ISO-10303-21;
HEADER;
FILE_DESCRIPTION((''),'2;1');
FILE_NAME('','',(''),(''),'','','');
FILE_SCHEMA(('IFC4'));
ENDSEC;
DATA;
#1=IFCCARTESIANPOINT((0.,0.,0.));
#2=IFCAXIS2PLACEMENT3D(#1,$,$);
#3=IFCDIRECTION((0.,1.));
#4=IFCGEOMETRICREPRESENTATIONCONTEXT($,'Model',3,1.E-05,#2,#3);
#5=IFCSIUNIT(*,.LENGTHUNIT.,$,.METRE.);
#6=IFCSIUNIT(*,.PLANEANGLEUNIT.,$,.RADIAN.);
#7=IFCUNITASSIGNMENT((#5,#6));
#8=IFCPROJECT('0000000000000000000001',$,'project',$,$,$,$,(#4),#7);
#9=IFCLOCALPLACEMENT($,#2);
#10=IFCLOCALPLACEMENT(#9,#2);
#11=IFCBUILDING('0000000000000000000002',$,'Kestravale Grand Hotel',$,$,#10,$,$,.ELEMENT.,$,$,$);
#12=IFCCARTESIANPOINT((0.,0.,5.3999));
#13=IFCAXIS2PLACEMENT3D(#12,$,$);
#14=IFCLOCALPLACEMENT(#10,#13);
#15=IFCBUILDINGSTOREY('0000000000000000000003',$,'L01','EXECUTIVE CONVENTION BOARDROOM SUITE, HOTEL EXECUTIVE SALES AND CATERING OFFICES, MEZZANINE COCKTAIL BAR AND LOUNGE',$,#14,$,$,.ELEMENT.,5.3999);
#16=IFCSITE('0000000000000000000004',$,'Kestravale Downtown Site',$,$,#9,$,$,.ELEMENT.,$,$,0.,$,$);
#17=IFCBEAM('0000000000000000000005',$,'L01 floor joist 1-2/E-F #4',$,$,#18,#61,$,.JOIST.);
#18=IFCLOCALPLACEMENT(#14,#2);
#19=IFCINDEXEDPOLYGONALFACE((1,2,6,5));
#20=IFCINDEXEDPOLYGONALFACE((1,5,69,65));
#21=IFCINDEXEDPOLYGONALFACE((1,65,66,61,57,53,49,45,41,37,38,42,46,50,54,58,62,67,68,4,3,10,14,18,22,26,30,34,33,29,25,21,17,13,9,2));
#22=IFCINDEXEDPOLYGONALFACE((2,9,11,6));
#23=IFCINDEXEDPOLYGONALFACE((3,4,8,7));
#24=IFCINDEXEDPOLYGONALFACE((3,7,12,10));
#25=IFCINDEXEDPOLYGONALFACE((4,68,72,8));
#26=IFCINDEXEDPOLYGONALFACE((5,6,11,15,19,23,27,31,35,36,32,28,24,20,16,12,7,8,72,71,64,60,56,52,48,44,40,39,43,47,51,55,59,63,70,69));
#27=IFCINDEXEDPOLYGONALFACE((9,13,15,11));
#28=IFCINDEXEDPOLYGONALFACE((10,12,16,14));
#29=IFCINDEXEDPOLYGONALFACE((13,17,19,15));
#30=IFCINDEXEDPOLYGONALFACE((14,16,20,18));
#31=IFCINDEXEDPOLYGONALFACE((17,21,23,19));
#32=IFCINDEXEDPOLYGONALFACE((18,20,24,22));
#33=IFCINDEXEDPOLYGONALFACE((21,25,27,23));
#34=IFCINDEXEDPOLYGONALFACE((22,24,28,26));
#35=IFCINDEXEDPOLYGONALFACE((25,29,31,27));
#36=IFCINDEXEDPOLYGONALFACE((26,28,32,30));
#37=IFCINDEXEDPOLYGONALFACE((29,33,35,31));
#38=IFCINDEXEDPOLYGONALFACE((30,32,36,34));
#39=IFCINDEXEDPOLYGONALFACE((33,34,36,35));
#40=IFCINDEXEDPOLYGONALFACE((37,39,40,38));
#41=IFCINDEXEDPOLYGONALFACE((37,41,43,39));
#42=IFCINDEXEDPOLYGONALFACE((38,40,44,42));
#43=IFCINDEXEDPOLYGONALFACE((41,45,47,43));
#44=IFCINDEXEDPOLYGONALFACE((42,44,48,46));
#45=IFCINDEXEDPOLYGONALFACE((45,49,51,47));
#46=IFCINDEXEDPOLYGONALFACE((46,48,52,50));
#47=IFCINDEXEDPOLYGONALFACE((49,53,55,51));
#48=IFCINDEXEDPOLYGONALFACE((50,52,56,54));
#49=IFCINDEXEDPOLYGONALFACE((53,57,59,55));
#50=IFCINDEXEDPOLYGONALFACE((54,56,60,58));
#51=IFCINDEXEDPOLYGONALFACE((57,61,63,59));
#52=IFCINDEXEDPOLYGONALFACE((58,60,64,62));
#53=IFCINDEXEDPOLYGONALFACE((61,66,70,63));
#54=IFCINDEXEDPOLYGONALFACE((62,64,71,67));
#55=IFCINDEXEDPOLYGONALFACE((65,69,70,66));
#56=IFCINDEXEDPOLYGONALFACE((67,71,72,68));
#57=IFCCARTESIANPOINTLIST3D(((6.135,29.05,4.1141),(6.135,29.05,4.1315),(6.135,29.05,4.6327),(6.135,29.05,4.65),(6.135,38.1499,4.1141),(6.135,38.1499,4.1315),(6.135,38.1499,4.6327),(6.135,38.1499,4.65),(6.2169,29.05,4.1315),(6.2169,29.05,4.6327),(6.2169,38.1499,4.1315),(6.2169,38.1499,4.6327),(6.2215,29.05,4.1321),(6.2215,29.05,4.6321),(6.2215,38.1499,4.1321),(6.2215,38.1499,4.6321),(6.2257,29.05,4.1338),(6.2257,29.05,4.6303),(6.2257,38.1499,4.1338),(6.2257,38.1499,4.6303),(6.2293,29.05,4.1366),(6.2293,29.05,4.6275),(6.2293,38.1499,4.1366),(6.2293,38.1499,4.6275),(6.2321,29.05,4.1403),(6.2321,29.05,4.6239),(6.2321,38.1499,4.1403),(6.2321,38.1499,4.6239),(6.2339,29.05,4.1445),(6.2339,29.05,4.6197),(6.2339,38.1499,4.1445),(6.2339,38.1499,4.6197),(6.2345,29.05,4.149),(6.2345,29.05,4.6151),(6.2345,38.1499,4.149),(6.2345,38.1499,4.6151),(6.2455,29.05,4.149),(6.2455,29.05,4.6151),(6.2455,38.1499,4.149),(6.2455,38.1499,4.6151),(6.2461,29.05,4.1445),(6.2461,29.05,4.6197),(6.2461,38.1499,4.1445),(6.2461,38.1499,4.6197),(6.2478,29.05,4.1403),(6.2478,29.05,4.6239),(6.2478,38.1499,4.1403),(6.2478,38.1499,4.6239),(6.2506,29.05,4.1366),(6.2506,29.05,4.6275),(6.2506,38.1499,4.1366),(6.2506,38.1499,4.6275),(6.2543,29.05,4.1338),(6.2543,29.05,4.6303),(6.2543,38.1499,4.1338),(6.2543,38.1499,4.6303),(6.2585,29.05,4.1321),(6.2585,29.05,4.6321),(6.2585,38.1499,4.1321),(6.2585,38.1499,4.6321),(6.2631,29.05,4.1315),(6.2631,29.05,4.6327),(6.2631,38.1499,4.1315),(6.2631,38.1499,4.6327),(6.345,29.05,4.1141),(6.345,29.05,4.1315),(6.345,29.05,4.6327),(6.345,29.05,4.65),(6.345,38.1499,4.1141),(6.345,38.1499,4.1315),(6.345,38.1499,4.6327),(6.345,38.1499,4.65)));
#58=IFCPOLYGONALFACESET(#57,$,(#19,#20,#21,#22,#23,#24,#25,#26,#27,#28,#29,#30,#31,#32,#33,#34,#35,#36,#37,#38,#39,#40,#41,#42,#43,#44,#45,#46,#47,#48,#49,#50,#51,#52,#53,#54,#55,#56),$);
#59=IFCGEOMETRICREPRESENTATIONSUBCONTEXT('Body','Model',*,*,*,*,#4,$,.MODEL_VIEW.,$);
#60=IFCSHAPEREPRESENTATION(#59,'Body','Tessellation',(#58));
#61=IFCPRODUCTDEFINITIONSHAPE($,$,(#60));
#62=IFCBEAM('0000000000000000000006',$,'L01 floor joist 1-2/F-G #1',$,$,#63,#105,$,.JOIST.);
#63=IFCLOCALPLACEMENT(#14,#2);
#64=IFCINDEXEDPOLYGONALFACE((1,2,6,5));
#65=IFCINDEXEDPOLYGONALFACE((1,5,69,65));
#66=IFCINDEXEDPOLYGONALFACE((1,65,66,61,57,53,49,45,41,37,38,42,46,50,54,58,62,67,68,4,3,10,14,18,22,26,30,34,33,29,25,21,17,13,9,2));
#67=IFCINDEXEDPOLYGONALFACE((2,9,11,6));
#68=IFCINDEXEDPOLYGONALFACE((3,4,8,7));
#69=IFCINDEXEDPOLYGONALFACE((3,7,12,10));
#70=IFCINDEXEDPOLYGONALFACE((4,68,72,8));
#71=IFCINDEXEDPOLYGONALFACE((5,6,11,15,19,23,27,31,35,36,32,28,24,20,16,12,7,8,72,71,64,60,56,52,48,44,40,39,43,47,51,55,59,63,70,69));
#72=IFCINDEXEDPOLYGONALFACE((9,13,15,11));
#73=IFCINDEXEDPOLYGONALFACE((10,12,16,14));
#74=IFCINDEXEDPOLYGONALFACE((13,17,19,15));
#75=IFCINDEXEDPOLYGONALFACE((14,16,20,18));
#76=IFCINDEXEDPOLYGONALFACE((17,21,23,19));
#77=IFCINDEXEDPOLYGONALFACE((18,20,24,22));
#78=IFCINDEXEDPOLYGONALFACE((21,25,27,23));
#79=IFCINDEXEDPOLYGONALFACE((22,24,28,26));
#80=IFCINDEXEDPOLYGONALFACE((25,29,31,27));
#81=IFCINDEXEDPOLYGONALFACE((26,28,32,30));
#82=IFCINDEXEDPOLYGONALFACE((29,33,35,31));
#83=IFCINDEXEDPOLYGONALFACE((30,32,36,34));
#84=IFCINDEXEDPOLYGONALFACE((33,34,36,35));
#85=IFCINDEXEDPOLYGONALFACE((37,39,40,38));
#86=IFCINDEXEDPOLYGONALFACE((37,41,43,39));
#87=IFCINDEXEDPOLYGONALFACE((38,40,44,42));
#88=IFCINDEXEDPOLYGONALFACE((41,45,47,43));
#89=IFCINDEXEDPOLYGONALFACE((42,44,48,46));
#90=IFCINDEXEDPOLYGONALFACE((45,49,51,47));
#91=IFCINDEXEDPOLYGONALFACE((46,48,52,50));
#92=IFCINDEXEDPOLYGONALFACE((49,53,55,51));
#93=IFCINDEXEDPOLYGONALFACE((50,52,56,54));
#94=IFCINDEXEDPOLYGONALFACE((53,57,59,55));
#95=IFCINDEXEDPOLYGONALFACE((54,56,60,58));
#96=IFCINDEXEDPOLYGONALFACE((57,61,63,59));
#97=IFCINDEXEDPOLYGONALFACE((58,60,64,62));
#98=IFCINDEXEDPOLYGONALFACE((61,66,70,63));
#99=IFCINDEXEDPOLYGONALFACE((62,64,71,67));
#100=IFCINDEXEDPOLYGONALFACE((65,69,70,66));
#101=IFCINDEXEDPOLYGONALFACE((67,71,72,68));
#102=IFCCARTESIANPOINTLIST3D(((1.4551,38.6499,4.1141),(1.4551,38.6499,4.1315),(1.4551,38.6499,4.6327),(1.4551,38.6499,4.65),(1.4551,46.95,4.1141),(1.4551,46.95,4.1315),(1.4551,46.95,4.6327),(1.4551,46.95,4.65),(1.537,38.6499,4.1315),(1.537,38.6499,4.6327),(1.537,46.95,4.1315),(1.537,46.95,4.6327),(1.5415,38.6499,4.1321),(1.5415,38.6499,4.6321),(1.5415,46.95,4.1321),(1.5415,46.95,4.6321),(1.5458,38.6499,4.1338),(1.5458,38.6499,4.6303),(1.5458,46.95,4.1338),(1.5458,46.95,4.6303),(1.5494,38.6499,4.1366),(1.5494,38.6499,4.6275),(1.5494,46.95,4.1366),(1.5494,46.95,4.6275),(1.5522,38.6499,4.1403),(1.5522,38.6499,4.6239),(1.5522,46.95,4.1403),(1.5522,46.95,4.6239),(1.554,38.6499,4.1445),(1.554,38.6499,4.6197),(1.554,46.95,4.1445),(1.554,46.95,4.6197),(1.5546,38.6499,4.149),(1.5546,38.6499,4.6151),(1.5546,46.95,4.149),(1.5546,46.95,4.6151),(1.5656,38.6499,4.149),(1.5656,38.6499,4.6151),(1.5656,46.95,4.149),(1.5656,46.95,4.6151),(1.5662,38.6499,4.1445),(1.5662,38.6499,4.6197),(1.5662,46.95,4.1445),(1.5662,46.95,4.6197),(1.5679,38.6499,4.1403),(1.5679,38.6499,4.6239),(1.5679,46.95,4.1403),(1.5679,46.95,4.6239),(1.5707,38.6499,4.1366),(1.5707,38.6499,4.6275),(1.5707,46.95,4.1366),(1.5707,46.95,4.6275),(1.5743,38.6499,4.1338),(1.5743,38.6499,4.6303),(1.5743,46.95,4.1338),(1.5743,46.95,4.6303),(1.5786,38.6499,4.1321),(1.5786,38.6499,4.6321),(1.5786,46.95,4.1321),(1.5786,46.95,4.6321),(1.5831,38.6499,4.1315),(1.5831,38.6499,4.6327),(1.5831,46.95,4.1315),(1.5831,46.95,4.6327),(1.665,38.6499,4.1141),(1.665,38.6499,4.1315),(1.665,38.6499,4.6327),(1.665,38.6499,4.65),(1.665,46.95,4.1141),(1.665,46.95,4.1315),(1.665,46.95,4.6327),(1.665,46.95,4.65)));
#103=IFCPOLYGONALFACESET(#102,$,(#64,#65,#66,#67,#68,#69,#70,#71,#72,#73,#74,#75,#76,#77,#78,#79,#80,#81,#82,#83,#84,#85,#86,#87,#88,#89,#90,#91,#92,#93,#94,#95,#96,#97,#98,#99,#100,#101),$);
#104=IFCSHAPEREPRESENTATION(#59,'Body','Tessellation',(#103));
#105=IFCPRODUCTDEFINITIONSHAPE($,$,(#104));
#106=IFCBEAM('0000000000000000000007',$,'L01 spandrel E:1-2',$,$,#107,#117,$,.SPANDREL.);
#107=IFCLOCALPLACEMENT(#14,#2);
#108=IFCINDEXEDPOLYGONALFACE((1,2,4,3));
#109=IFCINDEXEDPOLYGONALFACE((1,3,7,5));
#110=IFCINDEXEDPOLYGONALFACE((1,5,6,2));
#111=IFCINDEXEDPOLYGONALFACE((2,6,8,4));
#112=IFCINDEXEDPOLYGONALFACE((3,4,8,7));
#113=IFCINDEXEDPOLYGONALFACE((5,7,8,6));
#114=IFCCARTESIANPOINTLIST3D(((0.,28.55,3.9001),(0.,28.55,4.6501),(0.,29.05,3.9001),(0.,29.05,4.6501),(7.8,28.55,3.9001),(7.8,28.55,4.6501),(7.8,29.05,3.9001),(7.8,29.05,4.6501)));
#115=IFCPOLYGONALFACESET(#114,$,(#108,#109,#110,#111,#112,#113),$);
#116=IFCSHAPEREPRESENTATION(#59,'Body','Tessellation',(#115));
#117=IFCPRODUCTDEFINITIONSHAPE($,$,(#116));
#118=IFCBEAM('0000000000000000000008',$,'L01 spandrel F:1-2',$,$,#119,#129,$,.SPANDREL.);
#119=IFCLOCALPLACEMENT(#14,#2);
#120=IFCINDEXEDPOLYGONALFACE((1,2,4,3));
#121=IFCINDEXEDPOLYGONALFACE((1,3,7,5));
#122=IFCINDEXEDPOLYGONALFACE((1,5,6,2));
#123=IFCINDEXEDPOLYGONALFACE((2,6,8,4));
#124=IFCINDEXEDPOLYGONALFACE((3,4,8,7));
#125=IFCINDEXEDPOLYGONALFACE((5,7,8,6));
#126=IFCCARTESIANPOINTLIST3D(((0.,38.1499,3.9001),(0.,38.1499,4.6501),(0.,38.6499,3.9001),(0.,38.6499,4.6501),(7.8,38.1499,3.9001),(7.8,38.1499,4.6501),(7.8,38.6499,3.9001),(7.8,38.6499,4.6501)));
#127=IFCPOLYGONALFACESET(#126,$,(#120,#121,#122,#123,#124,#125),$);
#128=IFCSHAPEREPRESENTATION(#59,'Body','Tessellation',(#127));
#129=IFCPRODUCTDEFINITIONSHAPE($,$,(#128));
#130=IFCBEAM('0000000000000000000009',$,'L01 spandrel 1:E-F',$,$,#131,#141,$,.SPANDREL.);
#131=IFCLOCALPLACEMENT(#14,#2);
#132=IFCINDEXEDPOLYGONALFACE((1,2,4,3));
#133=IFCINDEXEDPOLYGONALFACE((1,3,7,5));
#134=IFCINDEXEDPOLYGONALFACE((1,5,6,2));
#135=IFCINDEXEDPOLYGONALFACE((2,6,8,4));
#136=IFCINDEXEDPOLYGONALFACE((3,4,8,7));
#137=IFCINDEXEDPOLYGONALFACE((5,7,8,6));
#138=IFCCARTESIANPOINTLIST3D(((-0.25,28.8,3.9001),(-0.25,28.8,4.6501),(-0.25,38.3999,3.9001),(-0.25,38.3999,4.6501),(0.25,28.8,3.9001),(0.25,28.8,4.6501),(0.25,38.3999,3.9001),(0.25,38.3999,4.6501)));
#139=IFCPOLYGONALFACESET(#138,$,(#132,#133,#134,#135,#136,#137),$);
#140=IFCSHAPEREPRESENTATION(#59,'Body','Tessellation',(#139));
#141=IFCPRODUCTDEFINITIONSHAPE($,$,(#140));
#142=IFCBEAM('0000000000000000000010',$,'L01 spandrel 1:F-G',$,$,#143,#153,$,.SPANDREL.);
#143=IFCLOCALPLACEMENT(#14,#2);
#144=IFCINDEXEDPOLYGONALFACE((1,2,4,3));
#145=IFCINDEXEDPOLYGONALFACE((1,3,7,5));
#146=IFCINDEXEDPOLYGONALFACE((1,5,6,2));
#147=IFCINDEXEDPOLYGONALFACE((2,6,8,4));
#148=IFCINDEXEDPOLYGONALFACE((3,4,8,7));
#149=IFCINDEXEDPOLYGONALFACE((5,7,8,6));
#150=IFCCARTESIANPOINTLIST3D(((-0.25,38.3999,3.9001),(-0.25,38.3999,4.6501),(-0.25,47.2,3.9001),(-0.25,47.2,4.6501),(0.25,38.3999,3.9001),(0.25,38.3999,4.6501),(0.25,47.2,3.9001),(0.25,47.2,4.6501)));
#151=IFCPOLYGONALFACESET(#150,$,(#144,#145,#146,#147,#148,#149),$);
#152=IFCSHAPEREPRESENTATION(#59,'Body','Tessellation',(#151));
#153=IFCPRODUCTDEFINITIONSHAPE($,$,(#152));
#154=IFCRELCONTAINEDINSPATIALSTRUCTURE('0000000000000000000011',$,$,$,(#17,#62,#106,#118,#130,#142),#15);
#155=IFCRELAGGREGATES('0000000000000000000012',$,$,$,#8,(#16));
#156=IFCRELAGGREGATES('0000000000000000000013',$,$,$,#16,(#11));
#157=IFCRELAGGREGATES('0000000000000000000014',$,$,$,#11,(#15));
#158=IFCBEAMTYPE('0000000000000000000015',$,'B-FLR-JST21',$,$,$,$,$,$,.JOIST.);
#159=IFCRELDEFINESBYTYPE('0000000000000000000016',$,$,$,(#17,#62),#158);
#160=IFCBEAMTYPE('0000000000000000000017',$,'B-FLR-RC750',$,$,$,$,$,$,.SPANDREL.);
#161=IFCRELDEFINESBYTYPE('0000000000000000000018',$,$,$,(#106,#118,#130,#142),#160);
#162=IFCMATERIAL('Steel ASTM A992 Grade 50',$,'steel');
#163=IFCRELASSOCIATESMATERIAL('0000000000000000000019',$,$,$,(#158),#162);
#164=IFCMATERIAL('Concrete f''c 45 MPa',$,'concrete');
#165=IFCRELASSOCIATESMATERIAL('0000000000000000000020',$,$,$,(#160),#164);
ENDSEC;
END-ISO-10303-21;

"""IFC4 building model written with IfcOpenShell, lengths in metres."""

from ifc_helpers import new_model, si_unit, direction, frame, origin, origin_2d, place, context, subcontext, project, spatial, rectangle, i_section, extrude, material, material_profile, profile_set, type_object, element, save


model = new_model("IFC4")

# Units and contexts
model_context = context("Model", 3, precision=1e-05, world=origin(), true_north=direction((0.0, 1.0)))
body_context = subcontext(model_context, "Body", "Model", "MODEL_VIEW")
ifc_project = project(units=[si_unit("LENGTHUNIT", "METRE"), si_unit("PLANEANGLEUNIT", "RADIAN")], contexts=[model_context])

# Site, building, storey
site_placement = place(None, origin())
site = spatial("IfcSite", under=ifc_project, at=site_placement, Name="Kestravale Downtown Site", CompositionType="ELEMENT", RefElevation=0.0)
building_placement = place(site_placement, origin())
building = spatial("IfcBuilding", under=site, at=building_placement, Name="Kestravale Grand Hotel", CompositionType="ELEMENT")
storey_placement = place(building_placement, frame((0.0, 0.0, 5.3999)))
storey = spatial("IfcBuildingStorey", under=building, at=storey_placement, Name="L01", Description="EXECUTIVE CONVENTION BOARDROOM SUITE, HOTEL EXECUTIVE SALES AND CATERING OFFICES, MEZZANINE COCKTAIL BAR AND LOUNGE", CompositionType="ELEMENT", Elevation=5.3999)

# Beams
ifc_material_1 = material(Name="Steel ASTM A992 Grade 50", Category="steel")
ifc_material_profile_1 = material_profile(ifc_material_1, i_section(OverallWidth=0.21, OverallDepth=0.5359, WebThickness=0.011, FlangeThickness=0.0173, FilletRadius=0.0176, at=origin_2d()))
ifc_profile_set_1 = profile_set([ifc_material_profile_1], Name="Steel ASTM A992 Grade 50")
beam_type_1 = type_object("IfcBeamType", Name="B-FLR-JST21", PredefinedType="JOIST", material=ifc_profile_set_1)
for number, where, z_axis, x_axis, name in (
    (1, (6.24, 29.05, 4.3821), (0.0, 1.0, 0.0), (-1.0, 0.0, 0.0), "L01 floor joist 1-2/E-F #4"),
):
    element("IfcBeam", number, at=place(storey_placement, frame(where, z_axis=z_axis, x_axis=x_axis)), inside=storey, type_object=beam_type_1, Name=name, PredefinedType="JOIST", context=body_context, shape_type="SweptSolid", body=[
        extrude(i_section(OverallWidth=0.21, OverallDepth=0.5359, WebThickness=0.011, FlangeThickness=0.0173, FilletRadius=0.0176, at=origin_2d()), origin(), (0.0, 0.0, 1.0), 9.0999),
    ])
beam_1_placement = place(storey_placement, frame((1.5601, 38.6499, 4.3821), z_axis=(0.0, 1.0, 0.0), x_axis=(-1.0, 0.0, 0.0)))
element("IfcBeam", 2, at=beam_1_placement, inside=storey, type_object=beam_type_1, Name="L01 floor joist 1-2/F-G #1", PredefinedType="JOIST", context=body_context, shape_type="SweptSolid", body=[
    extrude(i_section(OverallWidth=0.21, OverallDepth=0.5359, WebThickness=0.011, FlangeThickness=0.0173, FilletRadius=0.0176, at=origin_2d()), origin(), (0.0, 0.0, 1.0), 8.3),
])
ifc_material_2 = material(Name="Concrete f'c 45 MPa", Category="concrete")
ifc_material_profile_2 = material_profile(ifc_material_2, rectangle(XDim=0.5, YDim=0.75, at=origin_2d()))
ifc_profile_set_2 = profile_set([ifc_material_profile_2], Name="Concrete f'c 45 MPa")
beam_type_2 = type_object("IfcBeamType", Name="B-FLR-RC750", PredefinedType="SPANDREL", material=ifc_profile_set_2)
for number, where, z_axis, x_axis, name in (
    (3, (0.0, 28.8, 4.2751), (1.0, 0.0, 0.0), (0.0, 1.0, 0.0), "L01 spandrel E:1-2"),
    (4, (0.0, 38.3999, 4.2751), (1.0, 0.0, 0.0), (0.0, 1.0, 0.0), "L01 spandrel F:1-2"),
):
    element("IfcBeam", number, at=place(storey_placement, frame(where, z_axis=z_axis, x_axis=x_axis)), inside=storey, type_object=beam_type_2, Name=name, PredefinedType="SPANDREL", context=body_context, shape_type="SweptSolid", body=[
        extrude(rectangle(XDim=0.5, YDim=0.75, at=origin_2d()), origin(), (0.0, 0.0, 1.0), 7.8),
    ])
beam_2_placement = place(storey_placement, frame((0.0, 28.8, 4.2751), z_axis=(0.0, 1.0, 0.0), x_axis=(-1.0, 0.0, 0.0)))
element("IfcBeam", 5, at=beam_2_placement, inside=storey, type_object=beam_type_2, Name="L01 spandrel 1:E-F", PredefinedType="SPANDREL", context=body_context, shape_type="SweptSolid", body=[
    extrude(rectangle(XDim=0.5, YDim=0.75, at=origin_2d()), origin(), (0.0, 0.0, 1.0), 9.5999),
])
beam_3_placement = place(storey_placement, frame((0.0, 38.3999, 4.2751), z_axis=(0.0, 1.0, 0.0), x_axis=(-1.0, 0.0, 0.0)))
element("IfcBeam", 6, at=beam_3_placement, inside=storey, type_object=beam_type_2, Name="L01 spandrel 1:F-G", PredefinedType="SPANDREL", context=body_context, shape_type="SweptSolid", body=[
    extrude(rectangle(XDim=0.5, YDim=0.75, at=origin_2d()), origin(), (0.0, 0.0, 1.0), 8.8),
])

save(model, "model.ifc")
